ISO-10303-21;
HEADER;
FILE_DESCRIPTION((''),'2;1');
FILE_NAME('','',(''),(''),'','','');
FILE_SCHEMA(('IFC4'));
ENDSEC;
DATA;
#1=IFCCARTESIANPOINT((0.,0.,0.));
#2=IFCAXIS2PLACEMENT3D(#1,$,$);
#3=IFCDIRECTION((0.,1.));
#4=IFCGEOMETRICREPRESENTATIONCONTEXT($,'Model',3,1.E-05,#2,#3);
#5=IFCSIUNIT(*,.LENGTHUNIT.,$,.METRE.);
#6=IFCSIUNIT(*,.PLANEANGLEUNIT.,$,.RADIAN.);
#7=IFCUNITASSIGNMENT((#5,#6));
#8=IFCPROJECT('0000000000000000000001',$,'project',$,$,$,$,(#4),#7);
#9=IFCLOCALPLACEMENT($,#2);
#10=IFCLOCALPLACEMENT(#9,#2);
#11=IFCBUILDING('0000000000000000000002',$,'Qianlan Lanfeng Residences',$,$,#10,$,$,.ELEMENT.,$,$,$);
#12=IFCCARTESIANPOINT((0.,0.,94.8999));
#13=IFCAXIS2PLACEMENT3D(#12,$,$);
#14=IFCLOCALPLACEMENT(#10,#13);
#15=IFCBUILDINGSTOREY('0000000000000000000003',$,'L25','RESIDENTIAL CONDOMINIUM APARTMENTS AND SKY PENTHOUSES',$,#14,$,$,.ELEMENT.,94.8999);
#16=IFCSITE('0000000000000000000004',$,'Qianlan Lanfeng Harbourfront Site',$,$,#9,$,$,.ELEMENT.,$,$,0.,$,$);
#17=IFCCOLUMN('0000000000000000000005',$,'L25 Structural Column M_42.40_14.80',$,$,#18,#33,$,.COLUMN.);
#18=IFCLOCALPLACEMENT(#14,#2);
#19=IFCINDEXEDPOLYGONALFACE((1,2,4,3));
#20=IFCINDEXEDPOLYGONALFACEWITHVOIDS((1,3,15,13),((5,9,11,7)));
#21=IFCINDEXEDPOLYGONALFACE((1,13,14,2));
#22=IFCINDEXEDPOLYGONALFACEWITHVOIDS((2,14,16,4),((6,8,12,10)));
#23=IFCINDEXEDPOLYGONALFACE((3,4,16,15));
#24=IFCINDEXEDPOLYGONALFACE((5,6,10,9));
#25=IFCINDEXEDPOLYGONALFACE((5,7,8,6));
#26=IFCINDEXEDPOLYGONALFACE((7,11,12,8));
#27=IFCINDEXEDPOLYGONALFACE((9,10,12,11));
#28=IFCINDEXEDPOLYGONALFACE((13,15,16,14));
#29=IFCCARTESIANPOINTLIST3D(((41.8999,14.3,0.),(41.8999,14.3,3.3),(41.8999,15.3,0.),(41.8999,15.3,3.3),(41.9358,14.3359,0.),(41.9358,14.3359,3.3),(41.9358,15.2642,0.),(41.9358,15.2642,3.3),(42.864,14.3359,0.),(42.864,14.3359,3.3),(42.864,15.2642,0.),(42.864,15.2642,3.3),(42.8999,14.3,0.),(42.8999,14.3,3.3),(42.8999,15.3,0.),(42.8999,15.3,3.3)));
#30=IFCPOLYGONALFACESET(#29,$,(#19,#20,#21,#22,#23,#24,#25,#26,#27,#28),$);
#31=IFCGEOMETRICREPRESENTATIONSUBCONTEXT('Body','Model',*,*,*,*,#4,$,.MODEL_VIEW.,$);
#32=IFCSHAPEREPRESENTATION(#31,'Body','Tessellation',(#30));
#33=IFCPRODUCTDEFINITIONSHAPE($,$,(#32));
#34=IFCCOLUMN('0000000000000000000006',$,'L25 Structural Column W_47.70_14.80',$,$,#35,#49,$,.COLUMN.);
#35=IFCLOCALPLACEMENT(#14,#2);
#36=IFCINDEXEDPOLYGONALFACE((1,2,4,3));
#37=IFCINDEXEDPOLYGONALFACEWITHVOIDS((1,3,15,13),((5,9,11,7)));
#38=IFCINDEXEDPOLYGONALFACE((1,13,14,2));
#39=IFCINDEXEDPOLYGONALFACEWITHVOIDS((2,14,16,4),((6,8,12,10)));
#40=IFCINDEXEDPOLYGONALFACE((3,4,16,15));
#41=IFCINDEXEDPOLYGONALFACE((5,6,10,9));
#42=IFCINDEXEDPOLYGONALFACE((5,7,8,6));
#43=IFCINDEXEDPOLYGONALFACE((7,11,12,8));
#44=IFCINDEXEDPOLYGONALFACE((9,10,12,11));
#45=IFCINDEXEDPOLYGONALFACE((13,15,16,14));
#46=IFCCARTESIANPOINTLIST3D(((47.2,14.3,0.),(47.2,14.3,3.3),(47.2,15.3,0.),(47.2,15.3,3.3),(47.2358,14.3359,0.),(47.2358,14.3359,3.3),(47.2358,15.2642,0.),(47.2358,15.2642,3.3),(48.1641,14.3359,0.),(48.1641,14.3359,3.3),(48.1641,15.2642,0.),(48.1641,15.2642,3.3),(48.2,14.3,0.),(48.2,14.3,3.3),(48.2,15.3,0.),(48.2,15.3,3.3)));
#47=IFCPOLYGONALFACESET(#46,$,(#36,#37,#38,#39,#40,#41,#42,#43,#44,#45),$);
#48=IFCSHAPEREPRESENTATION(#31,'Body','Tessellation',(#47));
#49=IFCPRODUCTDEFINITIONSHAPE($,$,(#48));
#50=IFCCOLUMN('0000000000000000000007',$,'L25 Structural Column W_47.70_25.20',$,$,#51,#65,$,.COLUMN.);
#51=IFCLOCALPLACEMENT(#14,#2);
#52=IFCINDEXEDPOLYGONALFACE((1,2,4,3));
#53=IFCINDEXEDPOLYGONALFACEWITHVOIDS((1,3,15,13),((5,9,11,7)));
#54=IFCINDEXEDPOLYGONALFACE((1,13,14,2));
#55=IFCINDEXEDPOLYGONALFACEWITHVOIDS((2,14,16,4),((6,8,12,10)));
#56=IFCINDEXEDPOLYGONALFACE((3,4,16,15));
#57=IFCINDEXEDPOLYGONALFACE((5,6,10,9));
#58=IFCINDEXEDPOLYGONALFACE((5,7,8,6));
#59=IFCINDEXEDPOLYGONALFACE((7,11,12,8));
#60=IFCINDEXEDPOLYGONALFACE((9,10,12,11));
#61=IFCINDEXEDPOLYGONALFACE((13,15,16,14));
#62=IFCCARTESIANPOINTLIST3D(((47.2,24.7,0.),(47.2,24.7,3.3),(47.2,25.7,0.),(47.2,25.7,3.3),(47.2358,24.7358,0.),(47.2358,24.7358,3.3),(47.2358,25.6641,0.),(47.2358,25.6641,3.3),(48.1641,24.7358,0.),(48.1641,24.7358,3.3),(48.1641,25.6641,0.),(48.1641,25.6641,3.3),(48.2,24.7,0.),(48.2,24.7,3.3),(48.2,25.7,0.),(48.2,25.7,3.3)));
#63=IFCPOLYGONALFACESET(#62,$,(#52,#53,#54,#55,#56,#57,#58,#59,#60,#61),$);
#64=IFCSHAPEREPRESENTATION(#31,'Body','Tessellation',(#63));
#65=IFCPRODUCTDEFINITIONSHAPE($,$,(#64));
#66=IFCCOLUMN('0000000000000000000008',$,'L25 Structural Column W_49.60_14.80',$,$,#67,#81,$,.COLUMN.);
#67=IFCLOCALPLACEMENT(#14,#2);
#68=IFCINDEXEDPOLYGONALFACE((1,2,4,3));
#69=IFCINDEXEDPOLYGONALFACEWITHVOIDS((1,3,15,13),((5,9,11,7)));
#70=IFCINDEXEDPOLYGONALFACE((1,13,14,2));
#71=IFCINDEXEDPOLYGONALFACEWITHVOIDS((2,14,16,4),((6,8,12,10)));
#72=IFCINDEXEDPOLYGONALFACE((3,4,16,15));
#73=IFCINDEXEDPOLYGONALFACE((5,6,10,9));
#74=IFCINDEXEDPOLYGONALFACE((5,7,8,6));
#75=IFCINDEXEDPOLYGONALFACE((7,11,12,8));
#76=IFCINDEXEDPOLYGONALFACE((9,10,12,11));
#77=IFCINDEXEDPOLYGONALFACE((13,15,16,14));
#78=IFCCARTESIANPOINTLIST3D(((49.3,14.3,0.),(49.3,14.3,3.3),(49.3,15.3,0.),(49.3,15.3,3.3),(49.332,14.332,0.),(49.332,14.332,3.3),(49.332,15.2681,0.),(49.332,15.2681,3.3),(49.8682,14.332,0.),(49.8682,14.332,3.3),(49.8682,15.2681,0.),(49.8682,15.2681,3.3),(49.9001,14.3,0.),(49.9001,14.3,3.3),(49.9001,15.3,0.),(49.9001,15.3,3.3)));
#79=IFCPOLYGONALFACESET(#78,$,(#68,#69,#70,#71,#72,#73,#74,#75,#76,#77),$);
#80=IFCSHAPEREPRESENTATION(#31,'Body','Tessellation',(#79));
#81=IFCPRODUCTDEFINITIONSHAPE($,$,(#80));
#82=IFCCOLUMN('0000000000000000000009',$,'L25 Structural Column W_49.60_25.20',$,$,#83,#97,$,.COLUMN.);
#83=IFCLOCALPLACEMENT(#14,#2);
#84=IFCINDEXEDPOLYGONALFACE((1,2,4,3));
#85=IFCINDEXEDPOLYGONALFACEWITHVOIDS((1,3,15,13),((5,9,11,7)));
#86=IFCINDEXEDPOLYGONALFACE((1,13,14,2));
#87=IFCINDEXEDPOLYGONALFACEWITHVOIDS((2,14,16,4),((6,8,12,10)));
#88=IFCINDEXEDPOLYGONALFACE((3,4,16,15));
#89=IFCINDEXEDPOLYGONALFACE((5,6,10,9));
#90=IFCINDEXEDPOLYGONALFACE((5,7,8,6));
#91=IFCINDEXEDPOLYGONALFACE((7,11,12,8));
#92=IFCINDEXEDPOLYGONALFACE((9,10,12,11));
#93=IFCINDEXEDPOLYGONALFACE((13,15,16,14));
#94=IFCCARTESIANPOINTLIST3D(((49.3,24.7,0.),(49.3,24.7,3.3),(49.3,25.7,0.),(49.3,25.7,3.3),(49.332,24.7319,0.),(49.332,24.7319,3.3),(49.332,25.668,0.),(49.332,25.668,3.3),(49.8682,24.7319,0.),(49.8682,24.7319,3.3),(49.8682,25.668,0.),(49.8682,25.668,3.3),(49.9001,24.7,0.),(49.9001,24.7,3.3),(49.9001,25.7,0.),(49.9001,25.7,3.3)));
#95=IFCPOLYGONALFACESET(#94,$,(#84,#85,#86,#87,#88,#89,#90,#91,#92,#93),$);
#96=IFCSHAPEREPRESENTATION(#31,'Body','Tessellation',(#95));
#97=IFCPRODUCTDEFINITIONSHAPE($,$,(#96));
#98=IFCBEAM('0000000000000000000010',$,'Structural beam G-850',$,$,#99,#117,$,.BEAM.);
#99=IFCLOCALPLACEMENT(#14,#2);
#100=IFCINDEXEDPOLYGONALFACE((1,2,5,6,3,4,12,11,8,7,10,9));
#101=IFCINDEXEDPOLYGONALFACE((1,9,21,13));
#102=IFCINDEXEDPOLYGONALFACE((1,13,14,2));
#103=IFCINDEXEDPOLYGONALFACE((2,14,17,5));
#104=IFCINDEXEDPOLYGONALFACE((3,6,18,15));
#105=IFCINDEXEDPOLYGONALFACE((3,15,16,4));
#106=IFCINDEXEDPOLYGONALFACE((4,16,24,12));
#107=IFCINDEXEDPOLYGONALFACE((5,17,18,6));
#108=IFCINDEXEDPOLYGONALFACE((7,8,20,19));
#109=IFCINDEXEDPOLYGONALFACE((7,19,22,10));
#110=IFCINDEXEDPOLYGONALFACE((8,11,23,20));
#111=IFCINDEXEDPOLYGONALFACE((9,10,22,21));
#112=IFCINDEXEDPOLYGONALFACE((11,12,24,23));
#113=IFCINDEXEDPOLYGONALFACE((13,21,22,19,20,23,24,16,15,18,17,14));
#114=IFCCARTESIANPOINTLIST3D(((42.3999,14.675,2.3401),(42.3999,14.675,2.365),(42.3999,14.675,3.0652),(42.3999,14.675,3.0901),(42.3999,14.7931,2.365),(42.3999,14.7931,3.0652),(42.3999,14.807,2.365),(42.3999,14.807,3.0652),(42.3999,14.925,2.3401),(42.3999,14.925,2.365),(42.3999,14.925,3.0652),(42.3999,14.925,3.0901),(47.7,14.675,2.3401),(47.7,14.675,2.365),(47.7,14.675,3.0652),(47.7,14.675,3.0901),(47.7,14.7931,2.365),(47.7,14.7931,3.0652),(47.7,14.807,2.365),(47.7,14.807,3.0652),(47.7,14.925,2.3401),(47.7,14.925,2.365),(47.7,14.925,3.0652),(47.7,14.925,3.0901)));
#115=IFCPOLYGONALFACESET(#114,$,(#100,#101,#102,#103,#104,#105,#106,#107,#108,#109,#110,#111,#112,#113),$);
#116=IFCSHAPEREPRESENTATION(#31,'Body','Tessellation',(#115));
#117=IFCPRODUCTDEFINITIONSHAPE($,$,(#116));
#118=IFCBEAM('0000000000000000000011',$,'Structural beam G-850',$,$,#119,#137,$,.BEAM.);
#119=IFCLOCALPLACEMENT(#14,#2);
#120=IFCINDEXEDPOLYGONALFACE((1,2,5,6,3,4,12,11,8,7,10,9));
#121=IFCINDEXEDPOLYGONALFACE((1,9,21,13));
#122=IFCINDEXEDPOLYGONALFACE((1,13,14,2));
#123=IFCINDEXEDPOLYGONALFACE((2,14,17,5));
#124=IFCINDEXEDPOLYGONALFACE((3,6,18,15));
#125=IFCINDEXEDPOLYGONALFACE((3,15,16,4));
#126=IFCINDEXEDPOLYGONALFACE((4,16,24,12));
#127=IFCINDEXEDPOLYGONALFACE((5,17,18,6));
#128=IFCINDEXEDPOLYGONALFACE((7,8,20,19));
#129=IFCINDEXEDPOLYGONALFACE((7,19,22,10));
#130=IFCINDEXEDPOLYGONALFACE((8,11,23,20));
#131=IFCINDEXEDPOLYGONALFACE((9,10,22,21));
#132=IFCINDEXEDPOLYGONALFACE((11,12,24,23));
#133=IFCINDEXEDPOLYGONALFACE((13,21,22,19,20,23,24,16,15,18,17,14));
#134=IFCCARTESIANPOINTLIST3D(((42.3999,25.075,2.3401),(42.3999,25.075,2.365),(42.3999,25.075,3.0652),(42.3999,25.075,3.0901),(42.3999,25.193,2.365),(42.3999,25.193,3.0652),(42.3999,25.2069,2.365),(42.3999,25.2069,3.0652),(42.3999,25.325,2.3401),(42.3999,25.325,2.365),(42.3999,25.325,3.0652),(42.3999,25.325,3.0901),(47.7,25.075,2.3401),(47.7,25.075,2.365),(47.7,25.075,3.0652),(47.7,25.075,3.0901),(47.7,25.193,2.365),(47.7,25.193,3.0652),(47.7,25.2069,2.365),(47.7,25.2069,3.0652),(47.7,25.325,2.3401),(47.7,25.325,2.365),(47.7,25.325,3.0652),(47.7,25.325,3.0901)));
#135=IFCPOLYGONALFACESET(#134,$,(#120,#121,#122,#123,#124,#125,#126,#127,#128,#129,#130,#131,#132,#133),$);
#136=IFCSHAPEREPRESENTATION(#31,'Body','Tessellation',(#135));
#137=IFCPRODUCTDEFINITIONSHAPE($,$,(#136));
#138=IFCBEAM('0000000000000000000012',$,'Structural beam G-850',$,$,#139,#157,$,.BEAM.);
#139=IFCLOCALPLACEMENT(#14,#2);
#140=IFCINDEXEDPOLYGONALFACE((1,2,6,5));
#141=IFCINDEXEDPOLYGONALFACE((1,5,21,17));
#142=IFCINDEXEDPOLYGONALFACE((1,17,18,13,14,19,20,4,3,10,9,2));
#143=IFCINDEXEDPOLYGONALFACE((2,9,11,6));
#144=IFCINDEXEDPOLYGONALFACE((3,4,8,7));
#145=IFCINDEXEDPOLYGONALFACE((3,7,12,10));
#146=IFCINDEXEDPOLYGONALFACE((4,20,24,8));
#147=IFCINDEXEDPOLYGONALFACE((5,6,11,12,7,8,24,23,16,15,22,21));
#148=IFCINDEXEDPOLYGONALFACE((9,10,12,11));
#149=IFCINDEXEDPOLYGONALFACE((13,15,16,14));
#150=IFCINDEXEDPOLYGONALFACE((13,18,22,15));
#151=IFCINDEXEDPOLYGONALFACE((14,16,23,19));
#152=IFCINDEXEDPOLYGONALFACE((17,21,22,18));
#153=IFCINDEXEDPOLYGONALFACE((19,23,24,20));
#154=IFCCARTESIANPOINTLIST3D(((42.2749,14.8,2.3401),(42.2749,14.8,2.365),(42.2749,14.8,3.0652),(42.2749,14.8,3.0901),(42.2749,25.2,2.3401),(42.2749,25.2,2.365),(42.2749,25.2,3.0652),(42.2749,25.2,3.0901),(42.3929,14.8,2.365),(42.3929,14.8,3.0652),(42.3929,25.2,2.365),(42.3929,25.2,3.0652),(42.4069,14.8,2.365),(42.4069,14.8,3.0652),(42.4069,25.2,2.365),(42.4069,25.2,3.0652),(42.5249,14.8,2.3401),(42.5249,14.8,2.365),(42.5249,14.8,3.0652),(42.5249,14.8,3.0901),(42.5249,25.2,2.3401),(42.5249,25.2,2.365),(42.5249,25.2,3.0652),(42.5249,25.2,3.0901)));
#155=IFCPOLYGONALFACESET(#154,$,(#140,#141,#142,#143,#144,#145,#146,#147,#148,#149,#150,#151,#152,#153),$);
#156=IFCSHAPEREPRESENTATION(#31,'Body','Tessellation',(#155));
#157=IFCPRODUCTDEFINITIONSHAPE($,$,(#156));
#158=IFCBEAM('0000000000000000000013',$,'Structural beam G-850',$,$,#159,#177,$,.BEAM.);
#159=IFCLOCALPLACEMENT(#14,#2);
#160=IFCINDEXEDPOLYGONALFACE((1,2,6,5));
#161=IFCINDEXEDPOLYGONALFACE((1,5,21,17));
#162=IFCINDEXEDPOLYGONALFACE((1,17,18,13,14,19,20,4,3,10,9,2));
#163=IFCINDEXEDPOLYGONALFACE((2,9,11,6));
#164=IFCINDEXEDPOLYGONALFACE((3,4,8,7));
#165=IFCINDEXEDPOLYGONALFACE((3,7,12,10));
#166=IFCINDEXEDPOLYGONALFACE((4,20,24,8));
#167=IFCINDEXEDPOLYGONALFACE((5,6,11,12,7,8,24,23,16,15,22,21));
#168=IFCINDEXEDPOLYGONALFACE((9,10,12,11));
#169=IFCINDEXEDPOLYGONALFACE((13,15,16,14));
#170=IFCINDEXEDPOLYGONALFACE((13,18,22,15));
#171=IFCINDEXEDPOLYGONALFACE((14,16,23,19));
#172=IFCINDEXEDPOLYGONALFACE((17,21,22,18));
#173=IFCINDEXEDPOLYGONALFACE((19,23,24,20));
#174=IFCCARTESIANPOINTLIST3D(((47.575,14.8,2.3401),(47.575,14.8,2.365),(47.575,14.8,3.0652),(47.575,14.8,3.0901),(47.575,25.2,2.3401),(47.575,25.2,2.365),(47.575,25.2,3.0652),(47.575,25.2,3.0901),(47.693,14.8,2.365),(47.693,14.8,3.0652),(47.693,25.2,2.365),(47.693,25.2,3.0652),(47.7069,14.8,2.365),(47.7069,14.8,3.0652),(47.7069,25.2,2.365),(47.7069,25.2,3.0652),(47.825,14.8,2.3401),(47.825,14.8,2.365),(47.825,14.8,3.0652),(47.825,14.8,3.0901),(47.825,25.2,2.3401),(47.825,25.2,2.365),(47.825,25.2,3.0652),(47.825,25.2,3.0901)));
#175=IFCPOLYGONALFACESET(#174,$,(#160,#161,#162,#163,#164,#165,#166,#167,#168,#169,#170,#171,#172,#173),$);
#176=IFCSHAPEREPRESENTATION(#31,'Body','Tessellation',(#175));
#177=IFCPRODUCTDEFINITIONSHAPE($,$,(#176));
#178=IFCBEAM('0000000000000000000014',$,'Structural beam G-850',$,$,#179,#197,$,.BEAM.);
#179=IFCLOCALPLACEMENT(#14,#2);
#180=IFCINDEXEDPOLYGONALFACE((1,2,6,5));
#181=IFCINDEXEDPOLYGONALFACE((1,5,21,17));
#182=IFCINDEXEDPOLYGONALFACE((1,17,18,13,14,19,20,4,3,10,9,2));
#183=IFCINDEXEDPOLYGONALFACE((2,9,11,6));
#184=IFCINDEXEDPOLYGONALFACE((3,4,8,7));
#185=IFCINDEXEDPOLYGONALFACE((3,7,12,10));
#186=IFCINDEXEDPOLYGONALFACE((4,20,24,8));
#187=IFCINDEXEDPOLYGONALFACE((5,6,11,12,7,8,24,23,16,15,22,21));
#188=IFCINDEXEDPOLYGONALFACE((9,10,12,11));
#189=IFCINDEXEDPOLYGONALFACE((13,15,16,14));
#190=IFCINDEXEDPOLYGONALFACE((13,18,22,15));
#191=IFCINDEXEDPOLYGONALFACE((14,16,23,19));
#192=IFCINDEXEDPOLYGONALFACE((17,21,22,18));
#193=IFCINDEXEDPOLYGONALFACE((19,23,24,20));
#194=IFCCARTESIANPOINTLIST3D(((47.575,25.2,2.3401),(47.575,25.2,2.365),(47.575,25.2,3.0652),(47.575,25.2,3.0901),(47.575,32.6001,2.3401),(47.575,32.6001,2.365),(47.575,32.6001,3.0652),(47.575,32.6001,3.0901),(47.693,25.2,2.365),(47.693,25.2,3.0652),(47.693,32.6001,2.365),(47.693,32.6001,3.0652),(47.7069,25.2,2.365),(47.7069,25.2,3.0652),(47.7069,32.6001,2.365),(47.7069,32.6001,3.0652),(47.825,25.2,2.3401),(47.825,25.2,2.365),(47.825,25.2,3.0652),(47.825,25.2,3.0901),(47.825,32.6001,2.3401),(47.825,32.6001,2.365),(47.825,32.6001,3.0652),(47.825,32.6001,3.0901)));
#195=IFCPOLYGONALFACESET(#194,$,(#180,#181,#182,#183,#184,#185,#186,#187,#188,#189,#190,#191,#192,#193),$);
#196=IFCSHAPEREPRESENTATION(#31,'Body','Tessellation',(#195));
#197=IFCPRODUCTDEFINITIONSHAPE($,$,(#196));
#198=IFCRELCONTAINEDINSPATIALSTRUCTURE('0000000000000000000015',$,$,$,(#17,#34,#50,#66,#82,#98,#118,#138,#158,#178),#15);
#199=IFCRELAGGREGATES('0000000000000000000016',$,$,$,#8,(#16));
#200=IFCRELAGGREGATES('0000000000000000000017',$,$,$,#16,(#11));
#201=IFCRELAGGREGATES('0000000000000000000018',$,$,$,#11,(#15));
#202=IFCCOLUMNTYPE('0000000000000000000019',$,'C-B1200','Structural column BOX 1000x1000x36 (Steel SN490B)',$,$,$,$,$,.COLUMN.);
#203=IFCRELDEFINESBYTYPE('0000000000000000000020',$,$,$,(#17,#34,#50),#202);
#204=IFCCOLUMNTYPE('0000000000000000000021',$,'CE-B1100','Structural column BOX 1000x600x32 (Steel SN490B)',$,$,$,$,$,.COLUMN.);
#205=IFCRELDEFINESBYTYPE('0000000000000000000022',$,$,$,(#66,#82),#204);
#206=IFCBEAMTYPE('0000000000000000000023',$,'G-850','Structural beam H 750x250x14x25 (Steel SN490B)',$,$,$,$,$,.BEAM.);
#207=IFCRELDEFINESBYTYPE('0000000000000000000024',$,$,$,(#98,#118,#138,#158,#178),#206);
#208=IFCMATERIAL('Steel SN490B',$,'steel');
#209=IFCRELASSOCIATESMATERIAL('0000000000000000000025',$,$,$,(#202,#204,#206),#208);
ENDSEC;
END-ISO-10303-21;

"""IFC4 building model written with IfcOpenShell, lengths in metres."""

from ifc_helpers import new_model, si_unit, direction, frame, origin, origin_2d, place, context, subcontext, project, spatial, hollow_rectangle, i_section, extrude, material, material_profile, profile_set, type_object, element, save


model = new_model("IFC4")

# Units and contexts
model_context = context("Model", 3, precision=1e-05, world=origin(), true_north=direction((0.0, 1.0)))
body_context = subcontext(model_context, "Body", "Model", "MODEL_VIEW")
ifc_project = project(units=[si_unit("LENGTHUNIT", "METRE"), si_unit("PLANEANGLEUNIT", "RADIAN")], contexts=[model_context])

# Site, building, storey
site_placement = place(None, origin())
site = spatial("IfcSite", under=ifc_project, at=site_placement, Name="Qianlan Lanfeng Harbourfront Site", CompositionType="ELEMENT", RefElevation=0.0)
building_placement = place(site_placement, origin())
building = spatial("IfcBuilding", under=site, at=building_placement, Name="Qianlan Lanfeng Residences", CompositionType="ELEMENT")
storey_placement = place(building_placement, frame((0.0, 0.0, 94.8999)))
storey = spatial("IfcBuildingStorey", under=building, at=storey_placement, Name="L25", Description="RESIDENTIAL CONDOMINIUM APARTMENTS AND SKY PENTHOUSES", CompositionType="ELEMENT", Elevation=94.8999)

# Columns
ifc_material_1 = material(Name="Steel SN490B", Category="steel")
ifc_material_profile_1 = material_profile(ifc_material_1, hollow_rectangle(XDim=1.0, YDim=1.0, WallThickness=0.0359, at=origin_2d()), Name="BOX 1000x1000x36")
ifc_profile_set_1 = profile_set([ifc_material_profile_1], Name="Steel SN490B")
column_type_1 = type_object("IfcColumnType", Name="C-B1200", Description="Structural column BOX 1000x1000x36 (Steel SN490B)", PredefinedType="COLUMN", material=ifc_profile_set_1)
for number, where, z_axis, x_axis, name in (
    (1, (42.3999, 14.8, 0.0), (0.0, 0.0, 1.0), (1.0, 0.0, 0.0), "L25 Structural Column M_42.40_14.80"),
    (2, (47.7, 14.8, 0.0), (0.0, 0.0, 1.0), (1.0, 0.0, 0.0), "L25 Structural Column W_47.70_14.80"),
    (3, (47.7, 25.2, 0.0), (0.0, 0.0, 1.0), (1.0, 0.0, 0.0), "L25 Structural Column W_47.70_25.20"),
):
    element("IfcColumn", number, at=place(storey_placement, frame(where, z_axis=z_axis, x_axis=x_axis)), inside=storey, type_object=column_type_1, Name=name, PredefinedType="COLUMN", context=body_context, shape_type="SweptSolid", body=[
        extrude(hollow_rectangle(XDim=1.0, YDim=1.0, WallThickness=0.0359, at=origin_2d()), origin(), (0.0, 0.0, 1.0), 3.3),
    ])
ifc_material_profile_2 = material_profile(ifc_material_1, hollow_rectangle(XDim=0.6001, YDim=1.0, WallThickness=0.032, at=origin_2d()), Name="BOX 1000x600x32")
ifc_profile_set_2 = profile_set([ifc_material_profile_2], Name="Steel SN490B")
column_type_2 = type_object("IfcColumnType", Name="CE-B1100", Description="Structural column BOX 1000x600x32 (Steel SN490B)", PredefinedType="COLUMN", material=ifc_profile_set_2)
for number, where, z_axis, x_axis, name in (
    (4, (49.6001, 14.8, 0.0), (0.0, 0.0, 1.0), (1.0, 0.0, 0.0), "L25 Structural Column W_49.60_14.80"),
    (5, (49.6001, 25.2, 0.0), (0.0, 0.0, 1.0), (1.0, 0.0, 0.0), "L25 Structural Column W_49.60_25.20"),
):
    element("IfcColumn", number, at=place(storey_placement, frame(where, z_axis=z_axis, x_axis=x_axis)), inside=storey, type_object=column_type_2, Name=name, PredefinedType="COLUMN", context=body_context, shape_type="SweptSolid", body=[
        extrude(hollow_rectangle(XDim=0.6001, YDim=1.0, WallThickness=0.032, at=origin_2d()), origin(), (0.0, 0.0, 1.0), 3.3),
    ])

# Beams
ifc_material_profile_3 = material_profile(ifc_material_1, i_section(OverallWidth=0.25, OverallDepth=0.75, WebThickness=0.0139, FlangeThickness=0.0249, at=origin_2d()), Name="H 750x250x14x25")
ifc_profile_set_3 = profile_set([ifc_material_profile_3], Name="Steel SN490B")
beam_type_1 = type_object("IfcBeamType", Name="G-850", Description="Structural beam H 750x250x14x25 (Steel SN490B)", PredefinedType="BEAM", material=ifc_profile_set_3)
for number, where, z_axis, x_axis, name in (
    (6, (42.3999, 14.8, 2.7151), (1.0, 0.0, 0.0), (0.0, 1.0, 0.0), "Structural beam G-850"),
    (7, (42.3999, 25.2, 2.7151), (1.0, 0.0, 0.0), (0.0, 1.0, 0.0), "Structural beam G-850"),
):
    element("IfcBeam", number, at=place(storey_placement, frame(where, z_axis=z_axis, x_axis=x_axis)), inside=storey, type_object=beam_type_1, Name=name, PredefinedType="BEAM", context=body_context, shape_type="SweptSolid", body=[
        extrude(i_section(OverallWidth=0.25, OverallDepth=0.75, WebThickness=0.0139, FlangeThickness=0.0249, at=origin_2d()), origin(), (0.0, 0.0, 1.0), 5.3),
    ])
for number, where, z_axis, x_axis, name in (
    (8, (42.3999, 14.8, 2.7151), (0.0, 1.0, 0.0), (-1.0, 0.0, 0.0), "Structural beam G-850"),
    (9, (47.7, 14.8, 2.7151), (0.0, 1.0, 0.0), (-1.0, 0.0, 0.0), "Structural beam G-850"),
):
    element("IfcBeam", number, at=place(storey_placement, frame(where, z_axis=z_axis, x_axis=x_axis)), inside=storey, type_object=beam_type_1, Name=name, PredefinedType="BEAM", context=body_context, shape_type="SweptSolid", body=[
        extrude(i_section(OverallWidth=0.25, OverallDepth=0.75, WebThickness=0.0139, FlangeThickness=0.0249, at=origin_2d()), origin(), (0.0, 0.0, 1.0), 10.3999),
    ])
beam_1_placement = place(storey_placement, frame((47.7, 25.2, 2.7151), z_axis=(0.0, 1.0, 0.0), x_axis=(-1.0, 0.0, 0.0)))
element("IfcBeam", 10, at=beam_1_placement, inside=storey, type_object=beam_type_1, Name="Structural beam G-850", PredefinedType="BEAM", context=body_context, shape_type="SweptSolid", body=[
    extrude(i_section(OverallWidth=0.25, OverallDepth=0.75, WebThickness=0.0139, FlangeThickness=0.0249, at=origin_2d()), origin(), (0.0, 0.0, 1.0), 7.4001),
])

save(model, "model.ifc")
